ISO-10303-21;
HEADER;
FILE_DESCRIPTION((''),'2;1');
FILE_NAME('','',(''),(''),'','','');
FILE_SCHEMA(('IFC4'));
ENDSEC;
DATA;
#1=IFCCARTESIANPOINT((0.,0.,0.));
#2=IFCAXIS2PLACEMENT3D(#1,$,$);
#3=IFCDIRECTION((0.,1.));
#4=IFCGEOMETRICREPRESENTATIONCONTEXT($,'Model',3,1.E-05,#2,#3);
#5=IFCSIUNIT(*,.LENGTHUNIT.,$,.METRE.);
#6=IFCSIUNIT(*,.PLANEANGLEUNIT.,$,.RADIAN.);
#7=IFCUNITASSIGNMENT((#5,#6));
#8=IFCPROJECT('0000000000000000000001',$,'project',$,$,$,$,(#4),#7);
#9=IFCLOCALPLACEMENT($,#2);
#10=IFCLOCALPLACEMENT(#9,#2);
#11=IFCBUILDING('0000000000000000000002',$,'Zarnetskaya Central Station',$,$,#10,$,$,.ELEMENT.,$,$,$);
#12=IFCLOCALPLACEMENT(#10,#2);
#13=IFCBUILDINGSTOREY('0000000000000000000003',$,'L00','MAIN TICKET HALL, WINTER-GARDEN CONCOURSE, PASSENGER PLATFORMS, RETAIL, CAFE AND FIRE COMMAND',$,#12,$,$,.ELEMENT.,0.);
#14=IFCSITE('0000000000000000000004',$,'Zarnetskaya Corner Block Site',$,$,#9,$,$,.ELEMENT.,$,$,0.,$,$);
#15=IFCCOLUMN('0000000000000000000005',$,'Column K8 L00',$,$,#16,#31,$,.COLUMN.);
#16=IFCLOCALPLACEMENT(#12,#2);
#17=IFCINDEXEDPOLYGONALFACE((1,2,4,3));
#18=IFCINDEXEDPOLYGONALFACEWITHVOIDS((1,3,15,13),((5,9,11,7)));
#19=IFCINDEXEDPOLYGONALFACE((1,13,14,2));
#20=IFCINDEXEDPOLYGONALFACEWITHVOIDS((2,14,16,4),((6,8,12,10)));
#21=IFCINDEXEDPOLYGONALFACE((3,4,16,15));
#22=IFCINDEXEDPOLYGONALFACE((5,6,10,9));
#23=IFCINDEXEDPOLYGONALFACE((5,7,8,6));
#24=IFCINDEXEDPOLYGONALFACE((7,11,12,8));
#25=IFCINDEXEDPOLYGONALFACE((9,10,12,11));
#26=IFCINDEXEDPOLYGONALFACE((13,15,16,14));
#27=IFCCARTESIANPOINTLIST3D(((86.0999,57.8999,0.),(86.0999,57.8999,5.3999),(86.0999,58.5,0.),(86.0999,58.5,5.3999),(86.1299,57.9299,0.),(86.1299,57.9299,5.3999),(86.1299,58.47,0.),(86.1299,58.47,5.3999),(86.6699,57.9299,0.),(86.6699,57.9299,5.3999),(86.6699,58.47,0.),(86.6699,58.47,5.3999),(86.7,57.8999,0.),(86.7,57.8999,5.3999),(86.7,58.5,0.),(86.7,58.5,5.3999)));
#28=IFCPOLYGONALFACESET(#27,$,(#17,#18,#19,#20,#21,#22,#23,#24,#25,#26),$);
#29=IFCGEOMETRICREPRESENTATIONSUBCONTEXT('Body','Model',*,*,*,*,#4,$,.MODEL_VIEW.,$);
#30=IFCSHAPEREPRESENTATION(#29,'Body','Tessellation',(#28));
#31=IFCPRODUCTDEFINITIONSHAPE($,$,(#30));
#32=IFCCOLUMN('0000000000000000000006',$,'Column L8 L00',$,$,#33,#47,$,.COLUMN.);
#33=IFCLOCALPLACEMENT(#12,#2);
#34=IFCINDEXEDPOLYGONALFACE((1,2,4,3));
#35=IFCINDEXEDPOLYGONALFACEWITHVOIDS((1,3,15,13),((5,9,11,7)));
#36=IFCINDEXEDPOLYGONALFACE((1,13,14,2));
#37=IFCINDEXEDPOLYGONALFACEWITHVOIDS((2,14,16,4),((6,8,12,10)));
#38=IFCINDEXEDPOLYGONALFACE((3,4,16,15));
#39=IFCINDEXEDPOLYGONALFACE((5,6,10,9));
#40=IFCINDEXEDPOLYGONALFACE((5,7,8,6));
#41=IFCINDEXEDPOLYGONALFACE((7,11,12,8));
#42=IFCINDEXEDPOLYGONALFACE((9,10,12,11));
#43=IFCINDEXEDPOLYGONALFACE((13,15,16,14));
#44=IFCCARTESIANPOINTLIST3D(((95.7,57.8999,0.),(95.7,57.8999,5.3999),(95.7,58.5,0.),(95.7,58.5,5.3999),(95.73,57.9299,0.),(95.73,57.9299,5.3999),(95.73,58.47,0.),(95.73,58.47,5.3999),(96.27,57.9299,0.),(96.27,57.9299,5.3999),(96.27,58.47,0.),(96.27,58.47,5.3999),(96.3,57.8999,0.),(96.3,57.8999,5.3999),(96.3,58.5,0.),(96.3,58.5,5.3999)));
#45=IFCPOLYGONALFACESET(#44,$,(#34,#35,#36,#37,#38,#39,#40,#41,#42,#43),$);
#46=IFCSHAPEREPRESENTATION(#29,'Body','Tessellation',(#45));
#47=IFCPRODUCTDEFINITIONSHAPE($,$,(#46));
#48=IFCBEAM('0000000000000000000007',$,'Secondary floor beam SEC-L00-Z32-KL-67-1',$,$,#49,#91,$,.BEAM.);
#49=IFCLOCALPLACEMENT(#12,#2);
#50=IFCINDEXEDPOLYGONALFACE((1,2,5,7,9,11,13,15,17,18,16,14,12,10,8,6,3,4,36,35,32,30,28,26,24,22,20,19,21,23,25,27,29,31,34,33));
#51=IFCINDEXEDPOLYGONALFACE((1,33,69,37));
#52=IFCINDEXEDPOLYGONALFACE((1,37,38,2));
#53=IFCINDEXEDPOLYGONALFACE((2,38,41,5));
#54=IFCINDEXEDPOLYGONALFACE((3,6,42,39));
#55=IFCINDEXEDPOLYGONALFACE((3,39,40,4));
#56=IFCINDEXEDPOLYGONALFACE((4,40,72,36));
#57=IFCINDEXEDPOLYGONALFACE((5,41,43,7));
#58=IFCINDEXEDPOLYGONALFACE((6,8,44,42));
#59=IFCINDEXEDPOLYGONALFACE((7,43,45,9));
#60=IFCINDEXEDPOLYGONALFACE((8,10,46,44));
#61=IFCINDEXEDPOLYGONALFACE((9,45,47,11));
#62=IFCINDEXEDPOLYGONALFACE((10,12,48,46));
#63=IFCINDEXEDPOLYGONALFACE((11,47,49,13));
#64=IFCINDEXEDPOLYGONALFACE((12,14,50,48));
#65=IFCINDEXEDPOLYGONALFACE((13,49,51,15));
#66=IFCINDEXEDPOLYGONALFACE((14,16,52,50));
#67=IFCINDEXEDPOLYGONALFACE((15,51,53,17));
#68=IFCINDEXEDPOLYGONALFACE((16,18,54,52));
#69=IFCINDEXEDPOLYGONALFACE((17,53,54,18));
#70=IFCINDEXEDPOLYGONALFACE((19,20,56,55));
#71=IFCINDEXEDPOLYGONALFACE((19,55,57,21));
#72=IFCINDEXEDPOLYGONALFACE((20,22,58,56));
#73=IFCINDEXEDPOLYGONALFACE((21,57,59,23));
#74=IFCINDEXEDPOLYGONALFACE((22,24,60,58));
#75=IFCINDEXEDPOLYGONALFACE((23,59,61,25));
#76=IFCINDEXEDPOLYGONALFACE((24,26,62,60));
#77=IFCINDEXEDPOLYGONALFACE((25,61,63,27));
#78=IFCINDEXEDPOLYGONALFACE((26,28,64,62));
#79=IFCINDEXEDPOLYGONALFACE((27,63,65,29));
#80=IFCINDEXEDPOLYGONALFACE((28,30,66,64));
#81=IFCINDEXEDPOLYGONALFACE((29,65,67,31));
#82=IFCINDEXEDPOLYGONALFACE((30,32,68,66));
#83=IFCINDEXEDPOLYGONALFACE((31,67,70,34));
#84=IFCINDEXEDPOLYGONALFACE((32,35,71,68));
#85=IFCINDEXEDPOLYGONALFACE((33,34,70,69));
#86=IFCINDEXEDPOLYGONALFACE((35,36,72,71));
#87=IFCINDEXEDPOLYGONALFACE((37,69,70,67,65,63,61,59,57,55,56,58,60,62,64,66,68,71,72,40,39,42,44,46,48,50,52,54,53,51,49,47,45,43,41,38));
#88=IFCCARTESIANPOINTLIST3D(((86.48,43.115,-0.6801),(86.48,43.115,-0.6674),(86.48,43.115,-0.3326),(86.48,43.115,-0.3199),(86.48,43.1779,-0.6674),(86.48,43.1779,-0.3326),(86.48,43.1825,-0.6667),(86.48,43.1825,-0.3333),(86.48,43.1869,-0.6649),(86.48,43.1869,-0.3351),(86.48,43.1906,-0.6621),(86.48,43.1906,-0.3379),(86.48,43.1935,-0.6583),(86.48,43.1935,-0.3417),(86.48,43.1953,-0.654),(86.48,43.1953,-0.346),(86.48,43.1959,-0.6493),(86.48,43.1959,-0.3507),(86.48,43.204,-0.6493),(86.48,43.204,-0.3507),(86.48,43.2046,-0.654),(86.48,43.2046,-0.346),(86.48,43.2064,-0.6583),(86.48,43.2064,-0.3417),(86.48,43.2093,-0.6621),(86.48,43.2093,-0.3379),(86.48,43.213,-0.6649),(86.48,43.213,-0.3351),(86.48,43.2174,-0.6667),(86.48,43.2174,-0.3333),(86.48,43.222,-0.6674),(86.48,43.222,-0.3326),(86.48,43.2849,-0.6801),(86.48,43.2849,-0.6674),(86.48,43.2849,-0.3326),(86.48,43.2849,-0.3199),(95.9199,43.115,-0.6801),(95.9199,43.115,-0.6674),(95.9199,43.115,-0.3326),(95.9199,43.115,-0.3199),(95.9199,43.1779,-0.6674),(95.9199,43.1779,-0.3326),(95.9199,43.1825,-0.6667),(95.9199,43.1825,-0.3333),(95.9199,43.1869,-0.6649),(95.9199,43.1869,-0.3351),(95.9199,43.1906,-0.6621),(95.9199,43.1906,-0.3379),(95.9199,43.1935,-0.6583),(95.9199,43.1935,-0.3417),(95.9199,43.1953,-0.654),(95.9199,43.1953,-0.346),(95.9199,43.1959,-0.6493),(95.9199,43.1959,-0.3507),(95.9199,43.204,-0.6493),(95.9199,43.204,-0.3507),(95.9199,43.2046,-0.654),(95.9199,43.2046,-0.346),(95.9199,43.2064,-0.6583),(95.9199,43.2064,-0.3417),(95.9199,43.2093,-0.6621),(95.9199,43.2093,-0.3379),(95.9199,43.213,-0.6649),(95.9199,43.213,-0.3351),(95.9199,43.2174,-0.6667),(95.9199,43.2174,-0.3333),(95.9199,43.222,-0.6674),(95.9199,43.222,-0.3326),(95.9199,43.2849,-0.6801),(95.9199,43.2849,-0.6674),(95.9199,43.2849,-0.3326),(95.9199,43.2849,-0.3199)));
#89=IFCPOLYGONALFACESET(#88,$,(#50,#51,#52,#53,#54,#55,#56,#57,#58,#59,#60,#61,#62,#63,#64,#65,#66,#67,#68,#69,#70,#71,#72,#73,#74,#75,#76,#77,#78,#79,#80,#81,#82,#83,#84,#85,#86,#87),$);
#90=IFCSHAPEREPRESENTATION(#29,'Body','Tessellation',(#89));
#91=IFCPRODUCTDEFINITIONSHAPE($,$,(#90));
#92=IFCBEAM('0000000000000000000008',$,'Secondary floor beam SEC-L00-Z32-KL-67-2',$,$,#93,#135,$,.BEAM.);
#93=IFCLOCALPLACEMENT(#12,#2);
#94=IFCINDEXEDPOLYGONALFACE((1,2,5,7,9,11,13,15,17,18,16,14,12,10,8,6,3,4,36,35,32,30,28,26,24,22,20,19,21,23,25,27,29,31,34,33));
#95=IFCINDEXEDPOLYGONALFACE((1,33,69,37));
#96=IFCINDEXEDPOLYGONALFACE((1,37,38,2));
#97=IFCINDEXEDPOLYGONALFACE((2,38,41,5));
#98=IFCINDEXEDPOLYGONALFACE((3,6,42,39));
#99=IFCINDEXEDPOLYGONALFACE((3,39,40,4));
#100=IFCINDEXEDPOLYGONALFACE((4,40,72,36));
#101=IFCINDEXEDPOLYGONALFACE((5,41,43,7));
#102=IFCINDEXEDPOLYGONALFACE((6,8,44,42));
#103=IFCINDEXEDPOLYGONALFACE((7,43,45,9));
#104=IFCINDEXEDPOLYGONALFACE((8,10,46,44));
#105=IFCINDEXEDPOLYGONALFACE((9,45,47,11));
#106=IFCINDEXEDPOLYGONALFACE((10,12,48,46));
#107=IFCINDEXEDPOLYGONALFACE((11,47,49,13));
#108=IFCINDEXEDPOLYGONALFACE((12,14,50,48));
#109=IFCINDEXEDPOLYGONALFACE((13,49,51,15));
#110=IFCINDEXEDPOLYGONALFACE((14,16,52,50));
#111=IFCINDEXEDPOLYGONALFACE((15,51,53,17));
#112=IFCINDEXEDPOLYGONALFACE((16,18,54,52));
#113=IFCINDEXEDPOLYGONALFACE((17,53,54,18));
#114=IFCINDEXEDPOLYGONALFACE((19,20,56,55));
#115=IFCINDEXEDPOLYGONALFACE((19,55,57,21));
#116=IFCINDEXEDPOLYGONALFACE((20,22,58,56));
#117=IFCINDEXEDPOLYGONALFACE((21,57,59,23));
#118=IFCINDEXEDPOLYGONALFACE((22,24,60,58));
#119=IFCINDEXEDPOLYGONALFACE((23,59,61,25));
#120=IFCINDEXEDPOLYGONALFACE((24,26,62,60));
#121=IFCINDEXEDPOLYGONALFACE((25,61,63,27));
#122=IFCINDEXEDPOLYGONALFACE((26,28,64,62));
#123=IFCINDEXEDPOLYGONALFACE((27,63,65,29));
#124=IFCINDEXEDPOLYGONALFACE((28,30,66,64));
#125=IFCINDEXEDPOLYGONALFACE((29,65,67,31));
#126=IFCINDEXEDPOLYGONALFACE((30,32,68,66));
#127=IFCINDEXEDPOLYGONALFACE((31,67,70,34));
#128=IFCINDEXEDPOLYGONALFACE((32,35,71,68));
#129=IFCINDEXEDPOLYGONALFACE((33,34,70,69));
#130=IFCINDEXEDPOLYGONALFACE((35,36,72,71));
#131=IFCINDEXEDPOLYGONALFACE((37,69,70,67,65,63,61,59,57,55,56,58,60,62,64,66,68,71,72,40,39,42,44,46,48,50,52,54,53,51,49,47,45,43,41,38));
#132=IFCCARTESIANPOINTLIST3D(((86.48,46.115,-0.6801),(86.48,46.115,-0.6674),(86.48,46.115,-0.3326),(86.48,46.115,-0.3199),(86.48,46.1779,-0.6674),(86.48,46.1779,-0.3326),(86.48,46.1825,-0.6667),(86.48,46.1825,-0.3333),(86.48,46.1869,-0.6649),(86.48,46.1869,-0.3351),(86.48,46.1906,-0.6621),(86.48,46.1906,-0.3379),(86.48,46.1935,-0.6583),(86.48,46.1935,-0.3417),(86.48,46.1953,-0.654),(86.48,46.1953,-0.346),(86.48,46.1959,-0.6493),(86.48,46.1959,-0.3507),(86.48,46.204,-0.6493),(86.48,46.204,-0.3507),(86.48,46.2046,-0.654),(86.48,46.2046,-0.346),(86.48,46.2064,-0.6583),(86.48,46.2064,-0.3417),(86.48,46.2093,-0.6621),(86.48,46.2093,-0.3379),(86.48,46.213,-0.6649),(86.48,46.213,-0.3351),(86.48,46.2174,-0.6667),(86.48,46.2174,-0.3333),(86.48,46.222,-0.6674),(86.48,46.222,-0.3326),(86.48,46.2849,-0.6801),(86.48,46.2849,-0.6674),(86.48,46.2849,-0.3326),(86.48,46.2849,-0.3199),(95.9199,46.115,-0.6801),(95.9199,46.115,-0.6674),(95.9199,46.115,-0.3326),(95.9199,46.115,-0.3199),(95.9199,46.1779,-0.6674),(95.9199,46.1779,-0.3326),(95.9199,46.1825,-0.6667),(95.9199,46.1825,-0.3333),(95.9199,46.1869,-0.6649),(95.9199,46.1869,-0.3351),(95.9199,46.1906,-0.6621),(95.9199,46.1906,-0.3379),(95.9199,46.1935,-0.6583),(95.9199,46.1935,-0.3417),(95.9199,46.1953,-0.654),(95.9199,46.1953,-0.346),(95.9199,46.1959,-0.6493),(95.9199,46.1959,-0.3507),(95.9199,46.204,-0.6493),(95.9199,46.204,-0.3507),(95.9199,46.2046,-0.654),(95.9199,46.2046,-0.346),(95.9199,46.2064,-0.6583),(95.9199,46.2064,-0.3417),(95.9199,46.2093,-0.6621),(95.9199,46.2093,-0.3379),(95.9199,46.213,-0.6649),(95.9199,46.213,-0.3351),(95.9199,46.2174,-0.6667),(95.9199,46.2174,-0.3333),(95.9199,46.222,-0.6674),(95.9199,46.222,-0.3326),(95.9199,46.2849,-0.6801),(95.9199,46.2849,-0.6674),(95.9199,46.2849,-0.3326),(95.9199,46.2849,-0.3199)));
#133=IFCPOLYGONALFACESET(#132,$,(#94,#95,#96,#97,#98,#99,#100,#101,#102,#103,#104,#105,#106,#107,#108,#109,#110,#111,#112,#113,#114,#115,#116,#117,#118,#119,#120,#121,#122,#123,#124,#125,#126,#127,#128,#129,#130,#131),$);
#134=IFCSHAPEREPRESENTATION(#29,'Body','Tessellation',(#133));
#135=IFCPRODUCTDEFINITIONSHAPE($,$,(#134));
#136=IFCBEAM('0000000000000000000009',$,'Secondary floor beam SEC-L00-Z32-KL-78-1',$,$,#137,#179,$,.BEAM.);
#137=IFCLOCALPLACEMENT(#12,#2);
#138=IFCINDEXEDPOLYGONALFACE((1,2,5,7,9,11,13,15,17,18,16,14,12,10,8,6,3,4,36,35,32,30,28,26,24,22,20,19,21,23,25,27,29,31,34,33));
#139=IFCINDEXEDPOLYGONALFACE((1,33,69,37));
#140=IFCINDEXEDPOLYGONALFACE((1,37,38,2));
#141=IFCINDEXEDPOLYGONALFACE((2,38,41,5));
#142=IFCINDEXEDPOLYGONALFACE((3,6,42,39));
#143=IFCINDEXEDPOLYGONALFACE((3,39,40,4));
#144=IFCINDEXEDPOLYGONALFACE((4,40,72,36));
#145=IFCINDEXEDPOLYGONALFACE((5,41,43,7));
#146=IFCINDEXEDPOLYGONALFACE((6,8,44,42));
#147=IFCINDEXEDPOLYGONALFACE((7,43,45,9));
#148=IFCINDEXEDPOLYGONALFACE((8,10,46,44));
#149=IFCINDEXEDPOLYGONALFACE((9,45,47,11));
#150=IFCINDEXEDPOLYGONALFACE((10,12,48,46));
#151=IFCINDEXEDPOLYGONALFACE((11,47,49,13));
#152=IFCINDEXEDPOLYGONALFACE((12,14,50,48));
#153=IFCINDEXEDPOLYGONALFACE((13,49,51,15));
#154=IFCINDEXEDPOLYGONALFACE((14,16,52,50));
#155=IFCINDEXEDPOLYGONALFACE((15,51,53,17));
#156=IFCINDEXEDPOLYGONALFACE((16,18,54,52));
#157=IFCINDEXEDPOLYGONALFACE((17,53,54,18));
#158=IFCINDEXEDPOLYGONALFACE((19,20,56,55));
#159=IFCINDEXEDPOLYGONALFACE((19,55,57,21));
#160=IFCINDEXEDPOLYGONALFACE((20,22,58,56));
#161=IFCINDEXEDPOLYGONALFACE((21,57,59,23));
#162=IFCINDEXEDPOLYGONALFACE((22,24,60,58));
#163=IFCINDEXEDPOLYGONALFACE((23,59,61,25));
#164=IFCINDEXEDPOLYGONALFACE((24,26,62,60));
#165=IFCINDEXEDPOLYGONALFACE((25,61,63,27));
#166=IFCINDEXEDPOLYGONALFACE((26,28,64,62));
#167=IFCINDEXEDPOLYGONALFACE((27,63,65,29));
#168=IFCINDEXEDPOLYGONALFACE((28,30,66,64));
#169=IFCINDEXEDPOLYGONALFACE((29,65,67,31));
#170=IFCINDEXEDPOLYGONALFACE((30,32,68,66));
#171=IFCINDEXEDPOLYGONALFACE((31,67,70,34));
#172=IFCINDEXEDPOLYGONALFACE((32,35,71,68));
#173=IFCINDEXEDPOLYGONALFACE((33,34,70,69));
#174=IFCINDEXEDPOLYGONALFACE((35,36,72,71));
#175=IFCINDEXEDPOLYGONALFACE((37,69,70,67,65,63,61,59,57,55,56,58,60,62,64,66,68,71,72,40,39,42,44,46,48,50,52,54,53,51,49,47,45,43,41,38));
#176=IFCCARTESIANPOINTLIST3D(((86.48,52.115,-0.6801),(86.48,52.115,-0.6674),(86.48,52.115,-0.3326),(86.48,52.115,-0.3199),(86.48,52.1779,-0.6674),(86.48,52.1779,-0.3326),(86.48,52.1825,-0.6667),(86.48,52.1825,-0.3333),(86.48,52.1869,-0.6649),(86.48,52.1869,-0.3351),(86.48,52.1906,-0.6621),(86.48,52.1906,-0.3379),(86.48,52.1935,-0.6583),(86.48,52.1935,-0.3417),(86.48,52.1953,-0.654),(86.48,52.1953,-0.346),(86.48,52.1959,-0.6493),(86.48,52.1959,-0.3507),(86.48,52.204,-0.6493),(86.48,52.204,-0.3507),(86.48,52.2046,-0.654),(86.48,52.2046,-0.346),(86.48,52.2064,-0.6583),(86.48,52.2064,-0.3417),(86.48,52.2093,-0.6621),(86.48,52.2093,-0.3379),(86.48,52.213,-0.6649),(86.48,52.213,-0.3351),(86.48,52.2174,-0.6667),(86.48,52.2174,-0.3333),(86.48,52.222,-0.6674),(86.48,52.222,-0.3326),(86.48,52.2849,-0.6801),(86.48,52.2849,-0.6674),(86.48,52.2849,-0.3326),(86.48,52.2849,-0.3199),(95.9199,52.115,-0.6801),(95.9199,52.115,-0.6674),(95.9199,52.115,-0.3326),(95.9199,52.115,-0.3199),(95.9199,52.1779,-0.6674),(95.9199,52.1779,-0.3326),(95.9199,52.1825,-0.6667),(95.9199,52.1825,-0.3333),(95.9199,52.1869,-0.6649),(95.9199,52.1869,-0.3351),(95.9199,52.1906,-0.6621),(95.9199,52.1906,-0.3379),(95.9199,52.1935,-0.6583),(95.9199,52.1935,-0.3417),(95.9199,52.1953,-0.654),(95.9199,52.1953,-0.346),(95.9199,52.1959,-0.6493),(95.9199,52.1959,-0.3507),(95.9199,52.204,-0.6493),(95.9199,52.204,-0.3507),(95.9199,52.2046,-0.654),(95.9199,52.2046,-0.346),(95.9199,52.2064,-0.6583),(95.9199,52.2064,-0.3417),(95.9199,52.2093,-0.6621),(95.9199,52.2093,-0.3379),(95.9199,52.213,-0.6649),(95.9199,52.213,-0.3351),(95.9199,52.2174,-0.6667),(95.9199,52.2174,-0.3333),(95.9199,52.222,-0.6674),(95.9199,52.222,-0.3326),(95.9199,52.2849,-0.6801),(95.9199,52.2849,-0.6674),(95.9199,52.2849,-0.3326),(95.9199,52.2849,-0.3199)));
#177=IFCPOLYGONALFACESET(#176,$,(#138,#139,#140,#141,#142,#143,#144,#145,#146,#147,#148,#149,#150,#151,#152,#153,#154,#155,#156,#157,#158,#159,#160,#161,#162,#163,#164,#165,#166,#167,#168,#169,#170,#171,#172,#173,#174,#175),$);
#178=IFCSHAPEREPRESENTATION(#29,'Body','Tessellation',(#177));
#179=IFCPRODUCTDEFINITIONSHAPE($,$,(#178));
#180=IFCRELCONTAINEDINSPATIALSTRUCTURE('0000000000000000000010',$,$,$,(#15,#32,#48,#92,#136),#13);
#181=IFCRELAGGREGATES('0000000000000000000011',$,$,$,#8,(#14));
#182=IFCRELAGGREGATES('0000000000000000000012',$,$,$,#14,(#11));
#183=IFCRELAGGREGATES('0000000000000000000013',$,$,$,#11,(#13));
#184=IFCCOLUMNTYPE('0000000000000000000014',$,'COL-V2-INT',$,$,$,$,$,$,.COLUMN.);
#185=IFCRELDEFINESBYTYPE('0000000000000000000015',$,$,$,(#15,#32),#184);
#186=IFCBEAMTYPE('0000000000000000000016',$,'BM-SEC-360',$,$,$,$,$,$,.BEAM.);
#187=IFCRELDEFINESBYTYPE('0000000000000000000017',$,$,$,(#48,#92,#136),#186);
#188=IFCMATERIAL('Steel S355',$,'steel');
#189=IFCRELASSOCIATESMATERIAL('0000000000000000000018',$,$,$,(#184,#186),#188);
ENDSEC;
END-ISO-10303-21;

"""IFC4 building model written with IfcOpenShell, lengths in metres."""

from ifc_helpers import new_model, si_unit, direction, frame, origin, origin_2d, place, context, subcontext, project, spatial, hollow_rectangle, i_section, extrude, material, material_profile, profile_set, type_object, element, save


model = new_model("IFC4")

# Units and contexts
model_context = context("Model", 3, precision=1e-05, world=origin(), true_north=direction((0.0, 1.0)))
body_context = subcontext(model_context, "Body", "Model", "MODEL_VIEW")
ifc_project = project(units=[si_unit("LENGTHUNIT", "METRE"), si_unit("PLANEANGLEUNIT", "RADIAN")], contexts=[model_context])

# Site, building, storey
site_placement = place(None, origin())
site = spatial("IfcSite", under=ifc_project, at=site_placement, Name="Zarnetskaya Corner Block Site", CompositionType="ELEMENT", RefElevation=0.0)
building_placement = place(site_placement, origin())
building = spatial("IfcBuilding", under=site, at=building_placement, Name="Zarnetskaya Central Station", CompositionType="ELEMENT")
storey_placement = place(building_placement, origin())
storey = spatial("IfcBuildingStorey", under=building, at=storey_placement, Name="L00", Description="MAIN TICKET HALL, WINTER-GARDEN CONCOURSE, PASSENGER PLATFORMS, RETAIL, CAFE AND FIRE COMMAND", CompositionType="ELEMENT", Elevation=0.0)

# Columns
ifc_material_1 = material(Name="Steel S355", Category="steel")
ifc_material_profile_1 = material_profile(ifc_material_1, hollow_rectangle(XDim=0.6001, YDim=0.6001, WallThickness=0.03, at=origin_2d()), Name="BOX 600x600x30")
ifc_profile_set_1 = profile_set([ifc_material_profile_1], Name="Steel S355")
column_type = type_object("IfcColumnType", Name="COL-V2-INT", PredefinedType="COLUMN", material=ifc_profile_set_1)
for number, where, z_axis, x_axis, name in (
    (1, (86.3999, 58.2, 0.0), (0.0, 0.0, 1.0), (1.0, 0.0, 0.0), "Column K8 L00"),
    (2, (96.0, 58.2, 0.0), (0.0, 0.0, 1.0), (1.0, 0.0, 0.0), "Column L8 L00"),
):
    element("IfcColumn", number, at=place(storey_placement, frame(where, z_axis=z_axis, x_axis=x_axis)), inside=storey, type_object=column_type, Name=name, PredefinedType="COLUMN", context=body_context, shape_type="SweptSolid", body=[
        extrude(hollow_rectangle(XDim=0.6001, YDim=0.6001, WallThickness=0.03, at=origin_2d()), origin(), (0.0, 0.0, 1.0), 5.3999),
    ])

# Beams
ifc_material_profile_2 = material_profile(ifc_material_1, i_section(OverallWidth=0.1699, OverallDepth=0.3601, WebThickness=0.0081, FlangeThickness=0.0127, FilletRadius=0.0181, at=origin_2d()), Name="IPE 360")
ifc_profile_set_2 = profile_set([ifc_material_profile_2], Name="Steel S355")
beam_type_1 = type_object("IfcBeamType", Name="BM-SEC-360", PredefinedType="BEAM", material=ifc_profile_set_2)
for number, where, z_axis, x_axis, name in (
    (3, (86.48, 43.2, -0.5), (1.0, 0.0, 0.0), (0.0, 1.0, 0.0), "Secondary floor beam SEC-L00-Z32-KL-67-1"),
    (4, (86.48, 46.2, -0.5), (1.0, 0.0, 0.0), (0.0, 1.0, 0.0), "Secondary floor beam SEC-L00-Z32-KL-67-2"),
    (5, (86.48, 52.2, -0.5), (1.0, 0.0, 0.0), (0.0, 1.0, 0.0), "Secondary floor beam SEC-L00-Z32-KL-78-1"),
):
    element("IfcBeam", number, at=place(storey_placement, frame(where, z_axis=z_axis, x_axis=x_axis)), inside=storey, type_object=beam_type_1, Name=name, PredefinedType="BEAM", context=body_context, shape_type="SweptSolid", body=[
        extrude(i_section(OverallWidth=0.1699, OverallDepth=0.3601, WebThickness=0.0081, FlangeThickness=0.0127, FilletRadius=0.0181, at=origin_2d()), origin(), (0.0, 0.0, 1.0), 9.4399),
    ])

save(model, "model.ifc")
